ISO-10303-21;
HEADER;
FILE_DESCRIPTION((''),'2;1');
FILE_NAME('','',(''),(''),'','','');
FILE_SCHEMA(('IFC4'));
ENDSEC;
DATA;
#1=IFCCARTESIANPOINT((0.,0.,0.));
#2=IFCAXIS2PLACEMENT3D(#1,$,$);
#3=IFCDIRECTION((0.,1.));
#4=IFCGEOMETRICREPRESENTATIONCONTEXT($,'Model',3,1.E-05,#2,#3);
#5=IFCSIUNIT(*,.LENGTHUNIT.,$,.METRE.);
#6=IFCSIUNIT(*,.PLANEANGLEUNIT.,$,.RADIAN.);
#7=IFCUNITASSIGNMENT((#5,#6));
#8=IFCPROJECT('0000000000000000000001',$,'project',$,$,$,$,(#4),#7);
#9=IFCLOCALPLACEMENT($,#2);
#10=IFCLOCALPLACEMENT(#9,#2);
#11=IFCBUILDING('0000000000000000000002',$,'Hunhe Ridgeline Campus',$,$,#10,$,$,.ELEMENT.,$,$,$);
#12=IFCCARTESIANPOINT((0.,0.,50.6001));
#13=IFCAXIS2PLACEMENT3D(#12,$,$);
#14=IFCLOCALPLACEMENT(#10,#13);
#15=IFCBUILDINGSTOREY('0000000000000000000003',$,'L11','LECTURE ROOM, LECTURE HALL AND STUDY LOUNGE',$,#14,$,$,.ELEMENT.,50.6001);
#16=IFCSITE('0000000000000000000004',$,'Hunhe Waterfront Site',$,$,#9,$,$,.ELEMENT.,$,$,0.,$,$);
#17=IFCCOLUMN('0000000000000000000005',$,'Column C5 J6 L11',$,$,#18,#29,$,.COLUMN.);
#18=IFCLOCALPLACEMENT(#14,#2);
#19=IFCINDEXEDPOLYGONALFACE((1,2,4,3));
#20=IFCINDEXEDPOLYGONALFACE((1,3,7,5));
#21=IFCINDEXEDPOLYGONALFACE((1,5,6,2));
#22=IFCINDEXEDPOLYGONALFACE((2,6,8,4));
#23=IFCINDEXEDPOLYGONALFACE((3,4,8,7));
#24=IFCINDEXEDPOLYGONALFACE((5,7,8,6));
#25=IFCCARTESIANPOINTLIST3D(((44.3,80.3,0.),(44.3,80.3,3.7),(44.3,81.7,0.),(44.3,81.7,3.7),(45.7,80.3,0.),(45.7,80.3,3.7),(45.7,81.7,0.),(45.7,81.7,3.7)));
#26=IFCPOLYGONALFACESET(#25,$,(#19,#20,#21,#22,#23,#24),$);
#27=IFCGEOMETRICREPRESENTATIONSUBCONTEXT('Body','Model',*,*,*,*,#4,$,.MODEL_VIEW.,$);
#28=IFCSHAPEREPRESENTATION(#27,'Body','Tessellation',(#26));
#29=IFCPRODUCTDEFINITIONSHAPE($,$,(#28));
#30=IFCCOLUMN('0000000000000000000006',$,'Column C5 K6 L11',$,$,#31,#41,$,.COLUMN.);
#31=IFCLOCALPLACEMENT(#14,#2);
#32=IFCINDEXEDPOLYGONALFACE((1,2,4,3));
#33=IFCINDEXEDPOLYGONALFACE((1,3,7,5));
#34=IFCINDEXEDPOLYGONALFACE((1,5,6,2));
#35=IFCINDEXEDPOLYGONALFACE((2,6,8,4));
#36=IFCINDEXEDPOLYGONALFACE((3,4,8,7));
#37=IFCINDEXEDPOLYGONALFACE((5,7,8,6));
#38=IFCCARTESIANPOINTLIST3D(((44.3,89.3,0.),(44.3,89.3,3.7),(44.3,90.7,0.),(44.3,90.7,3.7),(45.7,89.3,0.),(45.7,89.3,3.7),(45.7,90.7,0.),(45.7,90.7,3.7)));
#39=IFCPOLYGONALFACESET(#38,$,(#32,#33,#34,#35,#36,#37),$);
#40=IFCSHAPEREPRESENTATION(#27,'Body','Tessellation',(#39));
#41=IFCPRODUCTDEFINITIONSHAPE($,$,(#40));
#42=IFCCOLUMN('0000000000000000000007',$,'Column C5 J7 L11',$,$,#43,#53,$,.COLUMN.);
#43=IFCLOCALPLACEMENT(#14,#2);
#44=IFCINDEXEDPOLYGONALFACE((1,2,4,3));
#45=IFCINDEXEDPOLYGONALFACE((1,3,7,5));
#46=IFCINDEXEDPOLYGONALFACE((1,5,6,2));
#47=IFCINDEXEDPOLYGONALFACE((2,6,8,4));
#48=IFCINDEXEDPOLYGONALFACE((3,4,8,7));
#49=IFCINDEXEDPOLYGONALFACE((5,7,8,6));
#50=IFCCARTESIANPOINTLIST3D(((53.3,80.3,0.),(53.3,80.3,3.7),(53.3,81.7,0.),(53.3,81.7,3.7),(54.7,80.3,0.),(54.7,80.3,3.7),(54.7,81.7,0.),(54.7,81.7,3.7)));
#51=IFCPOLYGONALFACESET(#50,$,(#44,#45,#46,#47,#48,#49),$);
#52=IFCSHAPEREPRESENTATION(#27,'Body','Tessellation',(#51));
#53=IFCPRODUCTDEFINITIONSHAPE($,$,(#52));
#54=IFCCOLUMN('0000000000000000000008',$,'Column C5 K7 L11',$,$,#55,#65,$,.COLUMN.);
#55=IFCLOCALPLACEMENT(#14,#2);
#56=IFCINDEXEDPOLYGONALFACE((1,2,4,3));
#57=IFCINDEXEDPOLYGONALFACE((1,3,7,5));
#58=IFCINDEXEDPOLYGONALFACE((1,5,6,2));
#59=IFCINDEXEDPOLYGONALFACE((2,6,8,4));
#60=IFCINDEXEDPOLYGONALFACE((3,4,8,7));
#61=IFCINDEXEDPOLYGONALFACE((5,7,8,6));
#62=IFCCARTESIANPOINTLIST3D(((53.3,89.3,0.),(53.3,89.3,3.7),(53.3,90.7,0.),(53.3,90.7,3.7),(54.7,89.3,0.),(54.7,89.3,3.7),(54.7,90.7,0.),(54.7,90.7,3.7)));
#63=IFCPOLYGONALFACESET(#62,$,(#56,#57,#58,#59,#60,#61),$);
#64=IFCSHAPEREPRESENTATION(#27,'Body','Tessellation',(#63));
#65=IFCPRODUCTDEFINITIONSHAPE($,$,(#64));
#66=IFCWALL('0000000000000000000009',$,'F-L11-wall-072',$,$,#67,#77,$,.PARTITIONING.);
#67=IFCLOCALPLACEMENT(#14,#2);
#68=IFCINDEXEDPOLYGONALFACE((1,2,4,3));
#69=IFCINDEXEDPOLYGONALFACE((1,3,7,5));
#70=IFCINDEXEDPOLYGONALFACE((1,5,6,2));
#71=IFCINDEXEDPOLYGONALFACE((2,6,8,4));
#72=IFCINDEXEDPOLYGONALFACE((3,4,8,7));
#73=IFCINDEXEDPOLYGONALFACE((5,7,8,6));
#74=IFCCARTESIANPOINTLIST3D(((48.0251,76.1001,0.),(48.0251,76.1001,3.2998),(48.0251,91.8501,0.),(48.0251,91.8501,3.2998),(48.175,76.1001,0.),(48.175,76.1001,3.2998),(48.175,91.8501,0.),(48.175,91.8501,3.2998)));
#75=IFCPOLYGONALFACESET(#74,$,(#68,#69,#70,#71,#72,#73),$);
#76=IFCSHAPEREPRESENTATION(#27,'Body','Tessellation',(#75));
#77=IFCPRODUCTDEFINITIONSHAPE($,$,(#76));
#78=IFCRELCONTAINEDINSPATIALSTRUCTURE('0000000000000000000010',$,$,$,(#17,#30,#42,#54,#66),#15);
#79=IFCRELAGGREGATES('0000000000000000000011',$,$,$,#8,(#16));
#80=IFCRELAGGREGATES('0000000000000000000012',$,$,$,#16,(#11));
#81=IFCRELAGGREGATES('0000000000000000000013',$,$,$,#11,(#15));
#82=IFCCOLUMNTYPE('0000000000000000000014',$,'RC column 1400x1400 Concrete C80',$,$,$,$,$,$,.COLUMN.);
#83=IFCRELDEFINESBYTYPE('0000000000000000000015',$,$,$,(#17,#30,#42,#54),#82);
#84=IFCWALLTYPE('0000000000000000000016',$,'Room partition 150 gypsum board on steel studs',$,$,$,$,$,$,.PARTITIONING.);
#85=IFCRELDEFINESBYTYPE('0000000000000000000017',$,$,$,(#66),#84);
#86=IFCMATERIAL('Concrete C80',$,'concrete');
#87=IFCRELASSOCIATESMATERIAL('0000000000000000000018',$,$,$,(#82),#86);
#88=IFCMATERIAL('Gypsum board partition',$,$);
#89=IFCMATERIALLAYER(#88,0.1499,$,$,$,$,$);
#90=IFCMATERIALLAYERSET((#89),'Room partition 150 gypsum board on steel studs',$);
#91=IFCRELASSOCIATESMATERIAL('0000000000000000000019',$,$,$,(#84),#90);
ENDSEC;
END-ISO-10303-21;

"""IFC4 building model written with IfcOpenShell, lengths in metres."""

from ifc_helpers import new_model, si_unit, direction, frame, frame_2d, origin, origin_2d, place, context, subcontext, project, spatial, rectangle, extrude, material, layer, layer_set, material_profile, profile_set, type_object, element, save


model = new_model("IFC4")

# Units and contexts
model_context = context("Model", 3, precision=1e-05, world=origin(), true_north=direction((0.0, 1.0)))
body_context = subcontext(model_context, "Body", "Model", "MODEL_VIEW")
ifc_project = project(units=[si_unit("LENGTHUNIT", "METRE"), si_unit("PLANEANGLEUNIT", "RADIAN")], contexts=[model_context])

# Site, building, storey
site_placement = place(None, origin())
site = spatial("IfcSite", under=ifc_project, at=site_placement, Name="Hunhe Waterfront Site", CompositionType="ELEMENT", RefElevation=0.0)
building_placement = place(site_placement, origin())
building = spatial("IfcBuilding", under=site, at=building_placement, Name="Hunhe Ridgeline Campus", CompositionType="ELEMENT")
storey_placement = place(building_placement, frame((0.0, 0.0, 50.6001)))
storey = spatial("IfcBuildingStorey", under=building, at=storey_placement, Name="L11", Description="LECTURE ROOM, LECTURE HALL AND STUDY LOUNGE", CompositionType="ELEMENT", Elevation=50.6001)

# Columns
ifc_material_1 = material(Name="Concrete C80", Category="concrete")
ifc_material_profile = material_profile(ifc_material_1, rectangle(XDim=1.3999, YDim=1.3999, at=origin_2d()))
ifc_profile_set = profile_set([ifc_material_profile], Name="Concrete C80")
column_type = type_object("IfcColumnType", Name="RC column 1400x1400 Concrete C80", PredefinedType="COLUMN", material=ifc_profile_set)
for number, where, z_axis, x_axis, name in (
    (1, (45.0, 81.0, 0.0), (0.0, 0.0, 1.0), (1.0, 0.0, 0.0), "Column C5 J6 L11"),
    (2, (45.0, 90.0, 0.0), (0.0, 0.0, 1.0), (1.0, 0.0, 0.0), "Column C5 K6 L11"),
    (3, (54.0, 81.0, 0.0), (0.0, 0.0, 1.0), (1.0, 0.0, 0.0), "Column C5 J7 L11"),
    (4, (54.0, 90.0, 0.0), (0.0, 0.0, 1.0), (1.0, 0.0, 0.0), "Column C5 K7 L11"),
):
    element("IfcColumn", number, at=place(storey_placement, frame(where, z_axis=z_axis, x_axis=x_axis)), inside=storey, type_object=column_type, Name=name, PredefinedType="COLUMN", context=body_context, shape_type="SweptSolid", body=[
        extrude(rectangle(XDim=1.3999, YDim=1.3999, at=origin_2d()), origin(), (0.0, 0.0, 1.0), 3.7),
    ])

# Shared definitions
ifc_material_2 = material(Name="Gypsum board partition")

# Wall
ifc_layer_1 = layer(ifc_material_2, 0.1499)
ifc_layer_set_1 = layer_set([ifc_layer_1], Name="Room partition 150 gypsum board on steel studs")
wall_type_1 = type_object("IfcWallType", Name="Room partition 150 gypsum board on steel studs", PredefinedType="PARTITIONING", material=ifc_layer_set_1)
wall_1_placement = place(storey_placement, frame((48.1001, 91.8501, 0.0), z_axis=(0.0, 0.0, 1.0), x_axis=(0.0, -1.0, 0.0)))
element("IfcWall", 5, at=wall_1_placement, inside=storey, type_object=wall_type_1, Name="F-L11-wall-072", PredefinedType="PARTITIONING", context=body_context, shape_type="SweptSolid", body=[
    extrude(rectangle(XDim=15.75, YDim=0.1499, at=frame_2d((7.875, 0.0))), origin(), (0.0, 0.0, 1.0), 3.2998),
])

save(model, "model.ifc")
